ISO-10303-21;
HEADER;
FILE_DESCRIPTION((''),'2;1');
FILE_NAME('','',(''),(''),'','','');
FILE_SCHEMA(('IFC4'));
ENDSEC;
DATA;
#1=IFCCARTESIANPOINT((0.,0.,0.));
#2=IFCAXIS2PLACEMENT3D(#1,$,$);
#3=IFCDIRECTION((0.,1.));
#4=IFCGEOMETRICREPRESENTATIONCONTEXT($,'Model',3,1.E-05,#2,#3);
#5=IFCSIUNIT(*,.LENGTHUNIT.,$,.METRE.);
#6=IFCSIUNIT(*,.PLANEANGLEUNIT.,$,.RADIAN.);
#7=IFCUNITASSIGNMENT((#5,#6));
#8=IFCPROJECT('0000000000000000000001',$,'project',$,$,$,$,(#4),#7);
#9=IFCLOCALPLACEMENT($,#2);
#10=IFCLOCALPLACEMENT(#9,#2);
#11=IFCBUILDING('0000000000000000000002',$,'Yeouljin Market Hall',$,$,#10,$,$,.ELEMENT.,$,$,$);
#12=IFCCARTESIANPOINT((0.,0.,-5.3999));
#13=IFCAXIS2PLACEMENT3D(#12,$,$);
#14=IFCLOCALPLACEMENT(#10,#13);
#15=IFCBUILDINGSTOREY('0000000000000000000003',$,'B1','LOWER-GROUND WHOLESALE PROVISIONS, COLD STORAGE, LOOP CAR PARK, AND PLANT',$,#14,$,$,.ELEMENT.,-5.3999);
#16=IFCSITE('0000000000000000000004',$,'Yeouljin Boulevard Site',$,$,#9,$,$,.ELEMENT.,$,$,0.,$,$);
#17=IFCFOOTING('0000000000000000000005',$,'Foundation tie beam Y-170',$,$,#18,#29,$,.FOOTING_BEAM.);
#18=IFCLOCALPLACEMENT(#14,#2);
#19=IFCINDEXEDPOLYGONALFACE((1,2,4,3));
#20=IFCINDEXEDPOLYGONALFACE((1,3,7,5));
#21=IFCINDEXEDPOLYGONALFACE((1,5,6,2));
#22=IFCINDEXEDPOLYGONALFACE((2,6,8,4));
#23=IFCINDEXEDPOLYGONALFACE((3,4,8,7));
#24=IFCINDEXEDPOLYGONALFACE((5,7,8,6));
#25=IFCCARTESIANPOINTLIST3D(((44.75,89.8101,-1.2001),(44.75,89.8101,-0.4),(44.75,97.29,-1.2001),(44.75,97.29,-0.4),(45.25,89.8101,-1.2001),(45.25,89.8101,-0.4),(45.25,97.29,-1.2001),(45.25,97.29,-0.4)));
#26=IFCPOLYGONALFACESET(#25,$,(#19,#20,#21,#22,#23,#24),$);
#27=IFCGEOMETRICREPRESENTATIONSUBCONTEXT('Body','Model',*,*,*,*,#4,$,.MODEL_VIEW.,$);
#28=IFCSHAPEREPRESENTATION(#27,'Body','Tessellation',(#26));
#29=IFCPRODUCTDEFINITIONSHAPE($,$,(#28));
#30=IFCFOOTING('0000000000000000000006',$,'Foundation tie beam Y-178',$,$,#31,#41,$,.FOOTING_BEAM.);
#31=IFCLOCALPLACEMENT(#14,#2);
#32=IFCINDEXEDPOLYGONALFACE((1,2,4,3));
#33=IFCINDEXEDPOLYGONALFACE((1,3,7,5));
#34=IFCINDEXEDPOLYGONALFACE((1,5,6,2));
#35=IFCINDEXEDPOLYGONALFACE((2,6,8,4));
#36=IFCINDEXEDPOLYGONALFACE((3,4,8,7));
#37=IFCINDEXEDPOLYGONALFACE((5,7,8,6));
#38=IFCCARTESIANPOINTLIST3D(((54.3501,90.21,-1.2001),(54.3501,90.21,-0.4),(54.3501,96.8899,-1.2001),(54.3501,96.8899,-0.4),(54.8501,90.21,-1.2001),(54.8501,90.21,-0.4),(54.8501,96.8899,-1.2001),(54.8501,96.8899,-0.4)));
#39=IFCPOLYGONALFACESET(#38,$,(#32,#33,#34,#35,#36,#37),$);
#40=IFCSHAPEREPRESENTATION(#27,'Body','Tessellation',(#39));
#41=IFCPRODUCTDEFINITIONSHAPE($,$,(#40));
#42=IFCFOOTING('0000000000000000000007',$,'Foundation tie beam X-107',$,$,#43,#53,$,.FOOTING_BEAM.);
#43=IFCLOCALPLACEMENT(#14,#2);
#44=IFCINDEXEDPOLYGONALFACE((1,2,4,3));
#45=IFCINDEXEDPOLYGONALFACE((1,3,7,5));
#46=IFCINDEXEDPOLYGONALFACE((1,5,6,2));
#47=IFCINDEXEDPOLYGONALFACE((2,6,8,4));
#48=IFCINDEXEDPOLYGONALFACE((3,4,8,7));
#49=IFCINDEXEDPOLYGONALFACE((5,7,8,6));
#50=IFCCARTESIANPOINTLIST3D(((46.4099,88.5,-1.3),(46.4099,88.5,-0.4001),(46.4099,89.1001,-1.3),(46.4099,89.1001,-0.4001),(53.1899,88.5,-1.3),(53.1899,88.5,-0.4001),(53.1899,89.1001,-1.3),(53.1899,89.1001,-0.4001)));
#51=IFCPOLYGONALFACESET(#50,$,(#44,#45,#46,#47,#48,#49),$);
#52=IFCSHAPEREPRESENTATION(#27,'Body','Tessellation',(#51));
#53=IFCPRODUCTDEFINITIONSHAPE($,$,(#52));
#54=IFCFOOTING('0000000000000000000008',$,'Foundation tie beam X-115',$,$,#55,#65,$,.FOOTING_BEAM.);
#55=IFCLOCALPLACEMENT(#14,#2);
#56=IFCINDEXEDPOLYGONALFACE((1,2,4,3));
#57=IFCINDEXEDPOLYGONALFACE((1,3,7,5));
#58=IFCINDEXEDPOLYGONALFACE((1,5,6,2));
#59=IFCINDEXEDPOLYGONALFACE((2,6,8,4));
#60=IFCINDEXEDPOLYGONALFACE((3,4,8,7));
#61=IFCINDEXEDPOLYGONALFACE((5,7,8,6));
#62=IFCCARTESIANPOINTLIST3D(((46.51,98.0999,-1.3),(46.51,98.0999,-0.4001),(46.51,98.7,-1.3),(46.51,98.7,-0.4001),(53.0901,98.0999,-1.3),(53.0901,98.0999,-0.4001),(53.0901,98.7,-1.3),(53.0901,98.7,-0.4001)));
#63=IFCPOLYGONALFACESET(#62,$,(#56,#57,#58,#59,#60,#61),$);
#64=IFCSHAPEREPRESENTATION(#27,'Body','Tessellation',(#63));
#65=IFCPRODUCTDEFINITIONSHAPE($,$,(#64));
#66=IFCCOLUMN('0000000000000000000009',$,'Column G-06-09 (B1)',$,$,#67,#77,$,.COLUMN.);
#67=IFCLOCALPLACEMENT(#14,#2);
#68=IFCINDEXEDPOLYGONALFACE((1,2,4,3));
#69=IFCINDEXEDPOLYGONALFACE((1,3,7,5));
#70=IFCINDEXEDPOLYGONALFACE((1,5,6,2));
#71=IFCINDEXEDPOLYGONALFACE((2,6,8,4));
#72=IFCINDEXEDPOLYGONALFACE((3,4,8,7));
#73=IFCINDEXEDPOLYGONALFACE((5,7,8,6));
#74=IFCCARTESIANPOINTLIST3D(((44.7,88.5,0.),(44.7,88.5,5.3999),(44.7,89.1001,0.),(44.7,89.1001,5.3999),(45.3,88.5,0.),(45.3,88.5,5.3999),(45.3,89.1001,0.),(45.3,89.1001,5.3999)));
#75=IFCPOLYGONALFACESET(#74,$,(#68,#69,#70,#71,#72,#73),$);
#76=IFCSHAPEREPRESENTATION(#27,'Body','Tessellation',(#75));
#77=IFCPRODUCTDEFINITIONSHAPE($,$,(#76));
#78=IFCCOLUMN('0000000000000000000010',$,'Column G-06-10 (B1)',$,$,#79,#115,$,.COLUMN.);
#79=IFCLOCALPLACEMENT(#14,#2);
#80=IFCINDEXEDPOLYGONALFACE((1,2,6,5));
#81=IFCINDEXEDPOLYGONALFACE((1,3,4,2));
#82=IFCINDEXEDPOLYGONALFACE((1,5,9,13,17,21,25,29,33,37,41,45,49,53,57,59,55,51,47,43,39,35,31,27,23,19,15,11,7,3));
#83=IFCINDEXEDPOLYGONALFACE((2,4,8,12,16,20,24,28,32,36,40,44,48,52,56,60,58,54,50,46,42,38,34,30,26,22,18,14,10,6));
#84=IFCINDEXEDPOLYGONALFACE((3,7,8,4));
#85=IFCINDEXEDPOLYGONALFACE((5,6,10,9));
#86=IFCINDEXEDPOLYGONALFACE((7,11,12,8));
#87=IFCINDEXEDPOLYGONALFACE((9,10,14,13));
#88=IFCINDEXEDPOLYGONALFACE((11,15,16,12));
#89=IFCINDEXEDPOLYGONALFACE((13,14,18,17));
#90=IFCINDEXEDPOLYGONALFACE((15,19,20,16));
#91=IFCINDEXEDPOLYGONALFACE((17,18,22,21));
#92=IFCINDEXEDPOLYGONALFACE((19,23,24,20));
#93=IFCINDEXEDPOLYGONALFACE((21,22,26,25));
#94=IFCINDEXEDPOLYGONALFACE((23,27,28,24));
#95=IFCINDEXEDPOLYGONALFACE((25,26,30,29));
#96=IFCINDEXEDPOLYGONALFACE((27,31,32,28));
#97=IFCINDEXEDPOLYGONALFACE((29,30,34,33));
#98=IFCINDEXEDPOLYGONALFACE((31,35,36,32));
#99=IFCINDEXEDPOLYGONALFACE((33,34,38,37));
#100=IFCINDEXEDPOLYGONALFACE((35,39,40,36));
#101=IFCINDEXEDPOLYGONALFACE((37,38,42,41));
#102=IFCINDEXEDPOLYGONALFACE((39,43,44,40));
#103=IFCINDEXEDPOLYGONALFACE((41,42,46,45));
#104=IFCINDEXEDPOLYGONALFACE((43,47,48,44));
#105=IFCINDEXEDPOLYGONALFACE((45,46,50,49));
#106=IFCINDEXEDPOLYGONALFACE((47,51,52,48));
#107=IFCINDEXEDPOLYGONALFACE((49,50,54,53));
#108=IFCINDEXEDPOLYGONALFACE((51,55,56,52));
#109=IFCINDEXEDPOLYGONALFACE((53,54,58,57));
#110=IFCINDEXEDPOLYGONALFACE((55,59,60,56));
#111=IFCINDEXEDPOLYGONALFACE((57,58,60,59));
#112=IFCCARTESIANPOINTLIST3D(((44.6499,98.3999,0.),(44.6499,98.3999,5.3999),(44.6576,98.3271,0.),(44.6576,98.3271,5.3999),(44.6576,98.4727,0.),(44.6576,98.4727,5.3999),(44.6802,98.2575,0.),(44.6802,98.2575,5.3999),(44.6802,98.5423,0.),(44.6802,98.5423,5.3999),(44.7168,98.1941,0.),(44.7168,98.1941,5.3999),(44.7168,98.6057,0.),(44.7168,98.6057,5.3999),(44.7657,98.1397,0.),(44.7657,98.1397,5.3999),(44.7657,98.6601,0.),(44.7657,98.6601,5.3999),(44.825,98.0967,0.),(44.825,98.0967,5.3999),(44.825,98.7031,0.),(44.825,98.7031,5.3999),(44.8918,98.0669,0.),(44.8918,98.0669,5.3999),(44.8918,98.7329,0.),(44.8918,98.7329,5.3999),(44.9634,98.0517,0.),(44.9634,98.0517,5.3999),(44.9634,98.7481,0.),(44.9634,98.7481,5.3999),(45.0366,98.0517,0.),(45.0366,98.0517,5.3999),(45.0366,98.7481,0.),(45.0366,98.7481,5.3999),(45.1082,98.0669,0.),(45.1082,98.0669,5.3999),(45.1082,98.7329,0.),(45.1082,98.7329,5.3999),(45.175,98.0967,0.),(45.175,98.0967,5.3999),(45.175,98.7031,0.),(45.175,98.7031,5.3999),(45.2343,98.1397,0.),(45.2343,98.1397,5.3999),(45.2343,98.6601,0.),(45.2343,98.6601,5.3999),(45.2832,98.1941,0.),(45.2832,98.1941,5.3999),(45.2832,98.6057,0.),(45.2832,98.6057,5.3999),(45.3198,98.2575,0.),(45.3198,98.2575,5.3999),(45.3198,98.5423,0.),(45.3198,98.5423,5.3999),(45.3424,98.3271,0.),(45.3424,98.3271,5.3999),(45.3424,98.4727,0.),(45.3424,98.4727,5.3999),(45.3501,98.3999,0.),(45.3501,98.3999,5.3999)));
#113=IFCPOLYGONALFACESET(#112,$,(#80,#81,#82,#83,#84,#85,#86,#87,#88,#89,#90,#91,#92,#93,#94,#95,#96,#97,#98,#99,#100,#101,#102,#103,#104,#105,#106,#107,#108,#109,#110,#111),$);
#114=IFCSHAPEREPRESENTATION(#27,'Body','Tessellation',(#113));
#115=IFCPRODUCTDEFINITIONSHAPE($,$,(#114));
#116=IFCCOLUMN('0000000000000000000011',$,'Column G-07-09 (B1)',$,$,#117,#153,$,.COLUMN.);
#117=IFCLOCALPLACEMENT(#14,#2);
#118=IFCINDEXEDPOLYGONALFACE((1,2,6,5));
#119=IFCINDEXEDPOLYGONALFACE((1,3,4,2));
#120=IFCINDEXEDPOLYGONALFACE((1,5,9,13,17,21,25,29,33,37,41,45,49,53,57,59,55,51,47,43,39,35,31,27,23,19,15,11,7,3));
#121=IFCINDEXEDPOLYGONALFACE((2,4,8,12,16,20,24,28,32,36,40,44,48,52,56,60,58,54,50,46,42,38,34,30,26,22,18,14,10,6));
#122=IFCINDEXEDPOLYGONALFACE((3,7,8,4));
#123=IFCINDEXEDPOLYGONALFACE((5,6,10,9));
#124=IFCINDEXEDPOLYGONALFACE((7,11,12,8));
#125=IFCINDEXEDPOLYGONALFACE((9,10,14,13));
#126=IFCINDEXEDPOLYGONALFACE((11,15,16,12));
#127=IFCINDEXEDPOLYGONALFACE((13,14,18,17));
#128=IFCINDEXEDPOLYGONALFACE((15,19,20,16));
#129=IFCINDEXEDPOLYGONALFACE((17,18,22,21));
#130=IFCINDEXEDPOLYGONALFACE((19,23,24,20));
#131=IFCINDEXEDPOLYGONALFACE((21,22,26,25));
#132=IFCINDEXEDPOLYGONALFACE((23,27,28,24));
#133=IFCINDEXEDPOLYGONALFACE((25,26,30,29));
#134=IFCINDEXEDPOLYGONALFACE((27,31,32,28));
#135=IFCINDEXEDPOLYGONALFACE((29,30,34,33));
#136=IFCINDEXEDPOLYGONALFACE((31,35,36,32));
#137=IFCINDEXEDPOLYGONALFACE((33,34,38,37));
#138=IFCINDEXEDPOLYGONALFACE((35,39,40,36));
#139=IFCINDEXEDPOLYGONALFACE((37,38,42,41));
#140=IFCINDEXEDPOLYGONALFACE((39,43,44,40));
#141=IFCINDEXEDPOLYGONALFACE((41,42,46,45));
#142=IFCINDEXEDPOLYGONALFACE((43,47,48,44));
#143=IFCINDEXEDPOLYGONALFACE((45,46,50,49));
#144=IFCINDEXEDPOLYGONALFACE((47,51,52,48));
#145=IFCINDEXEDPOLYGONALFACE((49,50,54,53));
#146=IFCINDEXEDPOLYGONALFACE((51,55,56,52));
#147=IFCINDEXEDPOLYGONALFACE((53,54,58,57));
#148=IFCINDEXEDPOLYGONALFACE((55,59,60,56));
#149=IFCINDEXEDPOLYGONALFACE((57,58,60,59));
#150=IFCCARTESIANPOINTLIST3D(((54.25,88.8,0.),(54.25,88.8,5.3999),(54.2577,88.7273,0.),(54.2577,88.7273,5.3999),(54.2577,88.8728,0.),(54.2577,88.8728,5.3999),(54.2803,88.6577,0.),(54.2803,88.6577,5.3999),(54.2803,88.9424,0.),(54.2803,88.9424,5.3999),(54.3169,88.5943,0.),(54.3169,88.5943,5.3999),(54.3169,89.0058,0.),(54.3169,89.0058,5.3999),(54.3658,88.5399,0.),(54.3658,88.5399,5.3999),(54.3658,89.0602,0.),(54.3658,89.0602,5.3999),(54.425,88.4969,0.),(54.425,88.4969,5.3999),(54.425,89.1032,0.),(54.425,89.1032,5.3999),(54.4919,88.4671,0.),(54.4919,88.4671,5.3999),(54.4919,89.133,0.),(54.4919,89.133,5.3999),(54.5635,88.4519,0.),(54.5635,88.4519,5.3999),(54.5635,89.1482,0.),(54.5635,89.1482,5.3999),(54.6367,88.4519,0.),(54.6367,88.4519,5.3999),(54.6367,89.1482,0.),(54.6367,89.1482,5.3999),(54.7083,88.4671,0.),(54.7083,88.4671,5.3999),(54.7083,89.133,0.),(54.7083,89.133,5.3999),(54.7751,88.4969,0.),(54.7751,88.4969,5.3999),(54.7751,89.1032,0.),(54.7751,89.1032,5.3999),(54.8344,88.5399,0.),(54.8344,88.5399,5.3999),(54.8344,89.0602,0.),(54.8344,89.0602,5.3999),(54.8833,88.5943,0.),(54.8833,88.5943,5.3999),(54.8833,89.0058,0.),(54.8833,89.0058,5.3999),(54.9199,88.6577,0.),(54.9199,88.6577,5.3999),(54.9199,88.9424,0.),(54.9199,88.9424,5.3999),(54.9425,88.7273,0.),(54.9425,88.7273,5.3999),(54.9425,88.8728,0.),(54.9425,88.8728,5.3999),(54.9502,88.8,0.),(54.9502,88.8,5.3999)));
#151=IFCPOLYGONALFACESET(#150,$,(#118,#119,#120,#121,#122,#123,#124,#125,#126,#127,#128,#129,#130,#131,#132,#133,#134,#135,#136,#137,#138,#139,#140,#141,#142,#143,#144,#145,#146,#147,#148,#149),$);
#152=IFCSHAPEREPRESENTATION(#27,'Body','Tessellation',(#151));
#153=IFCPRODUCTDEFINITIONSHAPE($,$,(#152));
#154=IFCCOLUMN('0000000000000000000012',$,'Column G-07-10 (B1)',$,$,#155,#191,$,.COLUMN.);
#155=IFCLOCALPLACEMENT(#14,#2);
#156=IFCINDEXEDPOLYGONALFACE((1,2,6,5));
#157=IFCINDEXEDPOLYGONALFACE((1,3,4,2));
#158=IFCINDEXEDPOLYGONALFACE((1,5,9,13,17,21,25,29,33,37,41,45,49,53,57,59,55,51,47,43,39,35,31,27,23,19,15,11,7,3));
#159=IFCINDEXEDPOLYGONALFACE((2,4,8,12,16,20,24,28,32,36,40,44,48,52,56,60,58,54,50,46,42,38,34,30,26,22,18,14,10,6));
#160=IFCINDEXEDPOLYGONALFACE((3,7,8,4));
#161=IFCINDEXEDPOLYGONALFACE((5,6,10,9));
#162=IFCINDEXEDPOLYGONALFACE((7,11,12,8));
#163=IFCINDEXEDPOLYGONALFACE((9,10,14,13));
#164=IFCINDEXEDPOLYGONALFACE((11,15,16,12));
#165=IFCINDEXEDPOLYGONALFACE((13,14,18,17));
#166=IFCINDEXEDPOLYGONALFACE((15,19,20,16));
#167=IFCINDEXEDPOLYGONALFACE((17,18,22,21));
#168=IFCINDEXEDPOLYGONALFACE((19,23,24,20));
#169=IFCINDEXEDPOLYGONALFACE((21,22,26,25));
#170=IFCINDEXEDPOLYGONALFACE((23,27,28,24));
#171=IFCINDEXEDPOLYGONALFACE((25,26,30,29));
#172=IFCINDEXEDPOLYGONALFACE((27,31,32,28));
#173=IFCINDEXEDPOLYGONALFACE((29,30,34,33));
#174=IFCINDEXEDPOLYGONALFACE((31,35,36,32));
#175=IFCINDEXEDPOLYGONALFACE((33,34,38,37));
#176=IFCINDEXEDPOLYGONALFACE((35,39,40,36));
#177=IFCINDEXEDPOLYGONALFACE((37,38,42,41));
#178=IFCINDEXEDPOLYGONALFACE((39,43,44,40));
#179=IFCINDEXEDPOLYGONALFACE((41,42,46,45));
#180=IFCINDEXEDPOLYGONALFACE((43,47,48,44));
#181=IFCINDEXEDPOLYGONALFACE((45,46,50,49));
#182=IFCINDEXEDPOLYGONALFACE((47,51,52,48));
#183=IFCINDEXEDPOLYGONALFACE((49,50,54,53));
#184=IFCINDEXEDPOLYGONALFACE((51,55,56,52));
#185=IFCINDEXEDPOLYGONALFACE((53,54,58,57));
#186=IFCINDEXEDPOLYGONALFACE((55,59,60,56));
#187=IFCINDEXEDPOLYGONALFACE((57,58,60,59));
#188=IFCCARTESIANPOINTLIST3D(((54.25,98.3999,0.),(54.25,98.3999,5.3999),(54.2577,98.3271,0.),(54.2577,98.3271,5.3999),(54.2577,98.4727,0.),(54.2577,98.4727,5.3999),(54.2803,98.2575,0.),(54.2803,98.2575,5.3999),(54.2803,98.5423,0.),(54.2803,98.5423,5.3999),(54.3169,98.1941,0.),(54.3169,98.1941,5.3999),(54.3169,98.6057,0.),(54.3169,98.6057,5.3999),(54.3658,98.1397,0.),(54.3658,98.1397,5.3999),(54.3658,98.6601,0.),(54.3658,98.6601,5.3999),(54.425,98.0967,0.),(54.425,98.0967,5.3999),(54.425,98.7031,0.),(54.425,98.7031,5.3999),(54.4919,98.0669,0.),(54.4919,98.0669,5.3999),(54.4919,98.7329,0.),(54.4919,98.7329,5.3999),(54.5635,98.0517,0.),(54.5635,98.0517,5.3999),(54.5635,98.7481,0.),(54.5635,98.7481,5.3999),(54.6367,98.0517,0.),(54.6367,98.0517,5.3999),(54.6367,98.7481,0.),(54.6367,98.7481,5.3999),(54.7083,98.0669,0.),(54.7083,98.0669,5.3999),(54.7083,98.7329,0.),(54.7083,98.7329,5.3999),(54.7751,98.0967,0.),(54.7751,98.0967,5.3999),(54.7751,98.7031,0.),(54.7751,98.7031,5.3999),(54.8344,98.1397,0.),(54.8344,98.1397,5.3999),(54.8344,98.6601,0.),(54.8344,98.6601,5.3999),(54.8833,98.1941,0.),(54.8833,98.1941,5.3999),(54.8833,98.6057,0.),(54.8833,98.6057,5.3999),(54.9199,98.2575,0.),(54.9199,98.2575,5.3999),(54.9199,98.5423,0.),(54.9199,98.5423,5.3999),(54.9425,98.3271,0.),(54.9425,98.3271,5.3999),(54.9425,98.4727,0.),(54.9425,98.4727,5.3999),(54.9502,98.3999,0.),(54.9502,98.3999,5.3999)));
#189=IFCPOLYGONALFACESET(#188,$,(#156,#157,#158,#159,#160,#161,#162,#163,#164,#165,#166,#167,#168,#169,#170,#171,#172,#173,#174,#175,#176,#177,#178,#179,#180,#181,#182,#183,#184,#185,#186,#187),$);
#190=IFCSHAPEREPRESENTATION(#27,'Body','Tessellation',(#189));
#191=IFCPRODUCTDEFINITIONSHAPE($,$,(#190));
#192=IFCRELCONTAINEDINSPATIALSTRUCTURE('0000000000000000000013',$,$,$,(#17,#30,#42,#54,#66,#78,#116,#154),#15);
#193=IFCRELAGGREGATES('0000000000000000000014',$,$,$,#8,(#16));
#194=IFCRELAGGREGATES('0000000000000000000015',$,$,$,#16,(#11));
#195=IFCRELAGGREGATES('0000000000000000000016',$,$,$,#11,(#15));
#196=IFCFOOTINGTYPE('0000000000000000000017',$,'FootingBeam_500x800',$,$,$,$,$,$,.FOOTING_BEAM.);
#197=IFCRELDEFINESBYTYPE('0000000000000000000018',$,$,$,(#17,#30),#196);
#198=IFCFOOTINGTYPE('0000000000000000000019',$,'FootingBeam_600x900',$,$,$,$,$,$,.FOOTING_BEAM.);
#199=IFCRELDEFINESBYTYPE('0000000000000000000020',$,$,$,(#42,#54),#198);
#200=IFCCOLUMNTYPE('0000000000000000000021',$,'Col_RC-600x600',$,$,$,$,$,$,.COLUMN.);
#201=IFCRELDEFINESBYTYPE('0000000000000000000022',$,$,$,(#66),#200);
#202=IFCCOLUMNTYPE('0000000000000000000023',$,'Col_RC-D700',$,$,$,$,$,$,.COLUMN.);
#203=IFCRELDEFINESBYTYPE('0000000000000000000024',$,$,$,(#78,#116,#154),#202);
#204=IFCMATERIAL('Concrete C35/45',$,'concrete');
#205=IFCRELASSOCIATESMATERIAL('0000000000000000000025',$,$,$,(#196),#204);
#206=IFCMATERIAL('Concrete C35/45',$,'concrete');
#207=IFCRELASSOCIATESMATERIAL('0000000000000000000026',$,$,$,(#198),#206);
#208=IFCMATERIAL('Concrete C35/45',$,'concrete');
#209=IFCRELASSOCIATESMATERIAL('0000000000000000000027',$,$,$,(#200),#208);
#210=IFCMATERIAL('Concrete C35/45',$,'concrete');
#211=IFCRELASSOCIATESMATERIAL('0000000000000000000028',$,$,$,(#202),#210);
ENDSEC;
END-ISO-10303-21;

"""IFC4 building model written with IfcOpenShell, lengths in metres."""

from ifc_helpers import new_model, si_unit, direction, frame, origin, origin_2d, place, context, subcontext, project, spatial, rectangle, circle, extrude, material, material_profile, profile_set, type_object, element, save


model = new_model("IFC4")

# Units and contexts
model_context = context("Model", 3, precision=1e-05, world=origin(), true_north=direction((0.0, 1.0)))
body_context = subcontext(model_context, "Body", "Model", "MODEL_VIEW")
ifc_project = project(units=[si_unit("LENGTHUNIT", "METRE"), si_unit("PLANEANGLEUNIT", "RADIAN")], contexts=[model_context])

# Site, building, storey
site_placement = place(None, origin())
site = spatial("IfcSite", under=ifc_project, at=site_placement, Name="Yeouljin Boulevard Site", CompositionType="ELEMENT", RefElevation=0.0)
building_placement = place(site_placement, origin())
building = spatial("IfcBuilding", under=site, at=building_placement, Name="Yeouljin Market Hall", CompositionType="ELEMENT")
storey_placement = place(building_placement, frame((0.0, 0.0, -5.3999)))
storey = spatial("IfcBuildingStorey", under=building, at=storey_placement, Name="B1", Description="LOWER-GROUND WHOLESALE PROVISIONS, COLD STORAGE, LOOP CAR PARK, AND PLANT", CompositionType="ELEMENT", Elevation=-5.3999)

# Footings
ifc_material_1 = material(Name="Concrete C35/45", Category="concrete")
ifc_material_profile_1 = material_profile(ifc_material_1, rectangle(XDim=0.5, YDim=0.8, at=origin_2d()), Name="RC-500x800")
ifc_profile_set_1 = profile_set([ifc_material_profile_1], Name="Concrete C35/45")
footing_type_1 = type_object("IfcFootingType", Name="FootingBeam_500x800", PredefinedType="FOOTING_BEAM", material=ifc_profile_set_1)
footing_1_placement = place(storey_placement, frame((45.0, 89.8101, -0.8), z_axis=(0.0, 1.0, 0.0), x_axis=(-1.0, 0.0, 0.0)))
element("IfcFooting", 1, at=footing_1_placement, inside=storey, type_object=footing_type_1, Name="Foundation tie beam Y-170", PredefinedType="FOOTING_BEAM", context=body_context, shape_type="SweptSolid", body=[
    extrude(rectangle(XDim=0.5, YDim=0.8, at=origin_2d()), origin(), (0.0, 0.0, 1.0), 7.48),
])
footing_2_placement = place(storey_placement, frame((54.6001, 90.21, -0.8), z_axis=(0.0, 1.0, 0.0), x_axis=(-1.0, 0.0, 0.0)))
element("IfcFooting", 2, at=footing_2_placement, inside=storey, type_object=footing_type_1, Name="Foundation tie beam Y-178", PredefinedType="FOOTING_BEAM", context=body_context, shape_type="SweptSolid", body=[
    extrude(rectangle(XDim=0.5, YDim=0.8, at=origin_2d()), origin(), (0.0, 0.0, 1.0), 6.6799),
])
ifc_material_2 = material(Name="Concrete C35/45", Category="concrete")
ifc_material_profile_2 = material_profile(ifc_material_2, rectangle(XDim=0.6001, YDim=0.8999, at=origin_2d()), Name="RC-600x900")
ifc_profile_set_2 = profile_set([ifc_material_profile_2], Name="Concrete C35/45")
footing_type_2 = type_object("IfcFootingType", Name="FootingBeam_600x900", PredefinedType="FOOTING_BEAM", material=ifc_profile_set_2)
footing_3_placement = place(storey_placement, frame((46.4099, 88.8, -0.8501), z_axis=(1.0, 0.0, 0.0), x_axis=(0.0, 1.0, 0.0)))
element("IfcFooting", 3, at=footing_3_placement, inside=storey, type_object=footing_type_2, Name="Foundation tie beam X-107", PredefinedType="FOOTING_BEAM", context=body_context, shape_type="SweptSolid", body=[
    extrude(rectangle(XDim=0.6001, YDim=0.8999, at=origin_2d()), origin(), (0.0, 0.0, 1.0), 6.78),
])
footing_4_placement = place(storey_placement, frame((46.51, 98.3999, -0.8501), z_axis=(1.0, 0.0, 0.0), x_axis=(0.0, 1.0, 0.0)))
element("IfcFooting", 4, at=footing_4_placement, inside=storey, type_object=footing_type_2, Name="Foundation tie beam X-115", PredefinedType="FOOTING_BEAM", context=body_context, shape_type="SweptSolid", body=[
    extrude(rectangle(XDim=0.6001, YDim=0.8999, at=origin_2d()), origin(), (0.0, 0.0, 1.0), 6.5801),
])

# Columns
ifc_material_3 = material(Name="Concrete C35/45", Category="concrete")
ifc_material_profile_3 = material_profile(ifc_material_3, rectangle(XDim=0.6001, YDim=0.6001, at=origin_2d()), Name="RC-600x600")
ifc_profile_set_3 = profile_set([ifc_material_profile_3], Name="Concrete C35/45")
column_type_1 = type_object("IfcColumnType", Name="Col_RC-600x600", PredefinedType="COLUMN", material=ifc_profile_set_3)
column_placement = place(storey_placement, frame((45.0, 88.8, 0.0), z_axis=(0.0, 0.0, 1.0), x_axis=(1.0, 0.0, 0.0)))
element("IfcColumn", 5, at=column_placement, inside=storey, type_object=column_type_1, Name="Column G-06-09 (B1)", PredefinedType="COLUMN", context=body_context, shape_type="SweptSolid", body=[
    extrude(rectangle(XDim=0.6001, YDim=0.6001, at=origin_2d()), origin(), (0.0, 0.0, 1.0), 5.3999),
])
ifc_material_4 = material(Name="Concrete C35/45", Category="concrete")
ifc_material_profile_4 = material_profile(ifc_material_4, circle(Radius=0.3501, at=origin_2d()), Name="RC-D700")
ifc_profile_set_4 = profile_set([ifc_material_profile_4], Name="Concrete C35/45")
column_type_2 = type_object("IfcColumnType", Name="Col_RC-D700", PredefinedType="COLUMN", material=ifc_profile_set_4)
for number, where, z_axis, x_axis, name in (
    (6, (45.0, 98.3999, 0.0), (0.0, 0.0, 1.0), (1.0, 0.0, 0.0), "Column G-06-10 (B1)"),
    (7, (54.6001, 88.8, 0.0), (0.0, 0.0, 1.0), (1.0, 0.0, 0.0), "Column G-07-09 (B1)"),
    (8, (54.6001, 98.3999, 0.0), (0.0, 0.0, 1.0), (1.0, 0.0, 0.0), "Column G-07-10 (B1)"),
):
    element("IfcColumn", number, at=place(storey_placement, frame(where, z_axis=z_axis, x_axis=x_axis)), inside=storey, type_object=column_type_2, Name=name, PredefinedType="COLUMN", context=body_context, shape_type="SweptSolid", body=[
        extrude(circle(Radius=0.3501, at=origin_2d()), origin(), (0.0, 0.0, 1.0), 5.3999),
    ])

save(model, "model.ifc")
